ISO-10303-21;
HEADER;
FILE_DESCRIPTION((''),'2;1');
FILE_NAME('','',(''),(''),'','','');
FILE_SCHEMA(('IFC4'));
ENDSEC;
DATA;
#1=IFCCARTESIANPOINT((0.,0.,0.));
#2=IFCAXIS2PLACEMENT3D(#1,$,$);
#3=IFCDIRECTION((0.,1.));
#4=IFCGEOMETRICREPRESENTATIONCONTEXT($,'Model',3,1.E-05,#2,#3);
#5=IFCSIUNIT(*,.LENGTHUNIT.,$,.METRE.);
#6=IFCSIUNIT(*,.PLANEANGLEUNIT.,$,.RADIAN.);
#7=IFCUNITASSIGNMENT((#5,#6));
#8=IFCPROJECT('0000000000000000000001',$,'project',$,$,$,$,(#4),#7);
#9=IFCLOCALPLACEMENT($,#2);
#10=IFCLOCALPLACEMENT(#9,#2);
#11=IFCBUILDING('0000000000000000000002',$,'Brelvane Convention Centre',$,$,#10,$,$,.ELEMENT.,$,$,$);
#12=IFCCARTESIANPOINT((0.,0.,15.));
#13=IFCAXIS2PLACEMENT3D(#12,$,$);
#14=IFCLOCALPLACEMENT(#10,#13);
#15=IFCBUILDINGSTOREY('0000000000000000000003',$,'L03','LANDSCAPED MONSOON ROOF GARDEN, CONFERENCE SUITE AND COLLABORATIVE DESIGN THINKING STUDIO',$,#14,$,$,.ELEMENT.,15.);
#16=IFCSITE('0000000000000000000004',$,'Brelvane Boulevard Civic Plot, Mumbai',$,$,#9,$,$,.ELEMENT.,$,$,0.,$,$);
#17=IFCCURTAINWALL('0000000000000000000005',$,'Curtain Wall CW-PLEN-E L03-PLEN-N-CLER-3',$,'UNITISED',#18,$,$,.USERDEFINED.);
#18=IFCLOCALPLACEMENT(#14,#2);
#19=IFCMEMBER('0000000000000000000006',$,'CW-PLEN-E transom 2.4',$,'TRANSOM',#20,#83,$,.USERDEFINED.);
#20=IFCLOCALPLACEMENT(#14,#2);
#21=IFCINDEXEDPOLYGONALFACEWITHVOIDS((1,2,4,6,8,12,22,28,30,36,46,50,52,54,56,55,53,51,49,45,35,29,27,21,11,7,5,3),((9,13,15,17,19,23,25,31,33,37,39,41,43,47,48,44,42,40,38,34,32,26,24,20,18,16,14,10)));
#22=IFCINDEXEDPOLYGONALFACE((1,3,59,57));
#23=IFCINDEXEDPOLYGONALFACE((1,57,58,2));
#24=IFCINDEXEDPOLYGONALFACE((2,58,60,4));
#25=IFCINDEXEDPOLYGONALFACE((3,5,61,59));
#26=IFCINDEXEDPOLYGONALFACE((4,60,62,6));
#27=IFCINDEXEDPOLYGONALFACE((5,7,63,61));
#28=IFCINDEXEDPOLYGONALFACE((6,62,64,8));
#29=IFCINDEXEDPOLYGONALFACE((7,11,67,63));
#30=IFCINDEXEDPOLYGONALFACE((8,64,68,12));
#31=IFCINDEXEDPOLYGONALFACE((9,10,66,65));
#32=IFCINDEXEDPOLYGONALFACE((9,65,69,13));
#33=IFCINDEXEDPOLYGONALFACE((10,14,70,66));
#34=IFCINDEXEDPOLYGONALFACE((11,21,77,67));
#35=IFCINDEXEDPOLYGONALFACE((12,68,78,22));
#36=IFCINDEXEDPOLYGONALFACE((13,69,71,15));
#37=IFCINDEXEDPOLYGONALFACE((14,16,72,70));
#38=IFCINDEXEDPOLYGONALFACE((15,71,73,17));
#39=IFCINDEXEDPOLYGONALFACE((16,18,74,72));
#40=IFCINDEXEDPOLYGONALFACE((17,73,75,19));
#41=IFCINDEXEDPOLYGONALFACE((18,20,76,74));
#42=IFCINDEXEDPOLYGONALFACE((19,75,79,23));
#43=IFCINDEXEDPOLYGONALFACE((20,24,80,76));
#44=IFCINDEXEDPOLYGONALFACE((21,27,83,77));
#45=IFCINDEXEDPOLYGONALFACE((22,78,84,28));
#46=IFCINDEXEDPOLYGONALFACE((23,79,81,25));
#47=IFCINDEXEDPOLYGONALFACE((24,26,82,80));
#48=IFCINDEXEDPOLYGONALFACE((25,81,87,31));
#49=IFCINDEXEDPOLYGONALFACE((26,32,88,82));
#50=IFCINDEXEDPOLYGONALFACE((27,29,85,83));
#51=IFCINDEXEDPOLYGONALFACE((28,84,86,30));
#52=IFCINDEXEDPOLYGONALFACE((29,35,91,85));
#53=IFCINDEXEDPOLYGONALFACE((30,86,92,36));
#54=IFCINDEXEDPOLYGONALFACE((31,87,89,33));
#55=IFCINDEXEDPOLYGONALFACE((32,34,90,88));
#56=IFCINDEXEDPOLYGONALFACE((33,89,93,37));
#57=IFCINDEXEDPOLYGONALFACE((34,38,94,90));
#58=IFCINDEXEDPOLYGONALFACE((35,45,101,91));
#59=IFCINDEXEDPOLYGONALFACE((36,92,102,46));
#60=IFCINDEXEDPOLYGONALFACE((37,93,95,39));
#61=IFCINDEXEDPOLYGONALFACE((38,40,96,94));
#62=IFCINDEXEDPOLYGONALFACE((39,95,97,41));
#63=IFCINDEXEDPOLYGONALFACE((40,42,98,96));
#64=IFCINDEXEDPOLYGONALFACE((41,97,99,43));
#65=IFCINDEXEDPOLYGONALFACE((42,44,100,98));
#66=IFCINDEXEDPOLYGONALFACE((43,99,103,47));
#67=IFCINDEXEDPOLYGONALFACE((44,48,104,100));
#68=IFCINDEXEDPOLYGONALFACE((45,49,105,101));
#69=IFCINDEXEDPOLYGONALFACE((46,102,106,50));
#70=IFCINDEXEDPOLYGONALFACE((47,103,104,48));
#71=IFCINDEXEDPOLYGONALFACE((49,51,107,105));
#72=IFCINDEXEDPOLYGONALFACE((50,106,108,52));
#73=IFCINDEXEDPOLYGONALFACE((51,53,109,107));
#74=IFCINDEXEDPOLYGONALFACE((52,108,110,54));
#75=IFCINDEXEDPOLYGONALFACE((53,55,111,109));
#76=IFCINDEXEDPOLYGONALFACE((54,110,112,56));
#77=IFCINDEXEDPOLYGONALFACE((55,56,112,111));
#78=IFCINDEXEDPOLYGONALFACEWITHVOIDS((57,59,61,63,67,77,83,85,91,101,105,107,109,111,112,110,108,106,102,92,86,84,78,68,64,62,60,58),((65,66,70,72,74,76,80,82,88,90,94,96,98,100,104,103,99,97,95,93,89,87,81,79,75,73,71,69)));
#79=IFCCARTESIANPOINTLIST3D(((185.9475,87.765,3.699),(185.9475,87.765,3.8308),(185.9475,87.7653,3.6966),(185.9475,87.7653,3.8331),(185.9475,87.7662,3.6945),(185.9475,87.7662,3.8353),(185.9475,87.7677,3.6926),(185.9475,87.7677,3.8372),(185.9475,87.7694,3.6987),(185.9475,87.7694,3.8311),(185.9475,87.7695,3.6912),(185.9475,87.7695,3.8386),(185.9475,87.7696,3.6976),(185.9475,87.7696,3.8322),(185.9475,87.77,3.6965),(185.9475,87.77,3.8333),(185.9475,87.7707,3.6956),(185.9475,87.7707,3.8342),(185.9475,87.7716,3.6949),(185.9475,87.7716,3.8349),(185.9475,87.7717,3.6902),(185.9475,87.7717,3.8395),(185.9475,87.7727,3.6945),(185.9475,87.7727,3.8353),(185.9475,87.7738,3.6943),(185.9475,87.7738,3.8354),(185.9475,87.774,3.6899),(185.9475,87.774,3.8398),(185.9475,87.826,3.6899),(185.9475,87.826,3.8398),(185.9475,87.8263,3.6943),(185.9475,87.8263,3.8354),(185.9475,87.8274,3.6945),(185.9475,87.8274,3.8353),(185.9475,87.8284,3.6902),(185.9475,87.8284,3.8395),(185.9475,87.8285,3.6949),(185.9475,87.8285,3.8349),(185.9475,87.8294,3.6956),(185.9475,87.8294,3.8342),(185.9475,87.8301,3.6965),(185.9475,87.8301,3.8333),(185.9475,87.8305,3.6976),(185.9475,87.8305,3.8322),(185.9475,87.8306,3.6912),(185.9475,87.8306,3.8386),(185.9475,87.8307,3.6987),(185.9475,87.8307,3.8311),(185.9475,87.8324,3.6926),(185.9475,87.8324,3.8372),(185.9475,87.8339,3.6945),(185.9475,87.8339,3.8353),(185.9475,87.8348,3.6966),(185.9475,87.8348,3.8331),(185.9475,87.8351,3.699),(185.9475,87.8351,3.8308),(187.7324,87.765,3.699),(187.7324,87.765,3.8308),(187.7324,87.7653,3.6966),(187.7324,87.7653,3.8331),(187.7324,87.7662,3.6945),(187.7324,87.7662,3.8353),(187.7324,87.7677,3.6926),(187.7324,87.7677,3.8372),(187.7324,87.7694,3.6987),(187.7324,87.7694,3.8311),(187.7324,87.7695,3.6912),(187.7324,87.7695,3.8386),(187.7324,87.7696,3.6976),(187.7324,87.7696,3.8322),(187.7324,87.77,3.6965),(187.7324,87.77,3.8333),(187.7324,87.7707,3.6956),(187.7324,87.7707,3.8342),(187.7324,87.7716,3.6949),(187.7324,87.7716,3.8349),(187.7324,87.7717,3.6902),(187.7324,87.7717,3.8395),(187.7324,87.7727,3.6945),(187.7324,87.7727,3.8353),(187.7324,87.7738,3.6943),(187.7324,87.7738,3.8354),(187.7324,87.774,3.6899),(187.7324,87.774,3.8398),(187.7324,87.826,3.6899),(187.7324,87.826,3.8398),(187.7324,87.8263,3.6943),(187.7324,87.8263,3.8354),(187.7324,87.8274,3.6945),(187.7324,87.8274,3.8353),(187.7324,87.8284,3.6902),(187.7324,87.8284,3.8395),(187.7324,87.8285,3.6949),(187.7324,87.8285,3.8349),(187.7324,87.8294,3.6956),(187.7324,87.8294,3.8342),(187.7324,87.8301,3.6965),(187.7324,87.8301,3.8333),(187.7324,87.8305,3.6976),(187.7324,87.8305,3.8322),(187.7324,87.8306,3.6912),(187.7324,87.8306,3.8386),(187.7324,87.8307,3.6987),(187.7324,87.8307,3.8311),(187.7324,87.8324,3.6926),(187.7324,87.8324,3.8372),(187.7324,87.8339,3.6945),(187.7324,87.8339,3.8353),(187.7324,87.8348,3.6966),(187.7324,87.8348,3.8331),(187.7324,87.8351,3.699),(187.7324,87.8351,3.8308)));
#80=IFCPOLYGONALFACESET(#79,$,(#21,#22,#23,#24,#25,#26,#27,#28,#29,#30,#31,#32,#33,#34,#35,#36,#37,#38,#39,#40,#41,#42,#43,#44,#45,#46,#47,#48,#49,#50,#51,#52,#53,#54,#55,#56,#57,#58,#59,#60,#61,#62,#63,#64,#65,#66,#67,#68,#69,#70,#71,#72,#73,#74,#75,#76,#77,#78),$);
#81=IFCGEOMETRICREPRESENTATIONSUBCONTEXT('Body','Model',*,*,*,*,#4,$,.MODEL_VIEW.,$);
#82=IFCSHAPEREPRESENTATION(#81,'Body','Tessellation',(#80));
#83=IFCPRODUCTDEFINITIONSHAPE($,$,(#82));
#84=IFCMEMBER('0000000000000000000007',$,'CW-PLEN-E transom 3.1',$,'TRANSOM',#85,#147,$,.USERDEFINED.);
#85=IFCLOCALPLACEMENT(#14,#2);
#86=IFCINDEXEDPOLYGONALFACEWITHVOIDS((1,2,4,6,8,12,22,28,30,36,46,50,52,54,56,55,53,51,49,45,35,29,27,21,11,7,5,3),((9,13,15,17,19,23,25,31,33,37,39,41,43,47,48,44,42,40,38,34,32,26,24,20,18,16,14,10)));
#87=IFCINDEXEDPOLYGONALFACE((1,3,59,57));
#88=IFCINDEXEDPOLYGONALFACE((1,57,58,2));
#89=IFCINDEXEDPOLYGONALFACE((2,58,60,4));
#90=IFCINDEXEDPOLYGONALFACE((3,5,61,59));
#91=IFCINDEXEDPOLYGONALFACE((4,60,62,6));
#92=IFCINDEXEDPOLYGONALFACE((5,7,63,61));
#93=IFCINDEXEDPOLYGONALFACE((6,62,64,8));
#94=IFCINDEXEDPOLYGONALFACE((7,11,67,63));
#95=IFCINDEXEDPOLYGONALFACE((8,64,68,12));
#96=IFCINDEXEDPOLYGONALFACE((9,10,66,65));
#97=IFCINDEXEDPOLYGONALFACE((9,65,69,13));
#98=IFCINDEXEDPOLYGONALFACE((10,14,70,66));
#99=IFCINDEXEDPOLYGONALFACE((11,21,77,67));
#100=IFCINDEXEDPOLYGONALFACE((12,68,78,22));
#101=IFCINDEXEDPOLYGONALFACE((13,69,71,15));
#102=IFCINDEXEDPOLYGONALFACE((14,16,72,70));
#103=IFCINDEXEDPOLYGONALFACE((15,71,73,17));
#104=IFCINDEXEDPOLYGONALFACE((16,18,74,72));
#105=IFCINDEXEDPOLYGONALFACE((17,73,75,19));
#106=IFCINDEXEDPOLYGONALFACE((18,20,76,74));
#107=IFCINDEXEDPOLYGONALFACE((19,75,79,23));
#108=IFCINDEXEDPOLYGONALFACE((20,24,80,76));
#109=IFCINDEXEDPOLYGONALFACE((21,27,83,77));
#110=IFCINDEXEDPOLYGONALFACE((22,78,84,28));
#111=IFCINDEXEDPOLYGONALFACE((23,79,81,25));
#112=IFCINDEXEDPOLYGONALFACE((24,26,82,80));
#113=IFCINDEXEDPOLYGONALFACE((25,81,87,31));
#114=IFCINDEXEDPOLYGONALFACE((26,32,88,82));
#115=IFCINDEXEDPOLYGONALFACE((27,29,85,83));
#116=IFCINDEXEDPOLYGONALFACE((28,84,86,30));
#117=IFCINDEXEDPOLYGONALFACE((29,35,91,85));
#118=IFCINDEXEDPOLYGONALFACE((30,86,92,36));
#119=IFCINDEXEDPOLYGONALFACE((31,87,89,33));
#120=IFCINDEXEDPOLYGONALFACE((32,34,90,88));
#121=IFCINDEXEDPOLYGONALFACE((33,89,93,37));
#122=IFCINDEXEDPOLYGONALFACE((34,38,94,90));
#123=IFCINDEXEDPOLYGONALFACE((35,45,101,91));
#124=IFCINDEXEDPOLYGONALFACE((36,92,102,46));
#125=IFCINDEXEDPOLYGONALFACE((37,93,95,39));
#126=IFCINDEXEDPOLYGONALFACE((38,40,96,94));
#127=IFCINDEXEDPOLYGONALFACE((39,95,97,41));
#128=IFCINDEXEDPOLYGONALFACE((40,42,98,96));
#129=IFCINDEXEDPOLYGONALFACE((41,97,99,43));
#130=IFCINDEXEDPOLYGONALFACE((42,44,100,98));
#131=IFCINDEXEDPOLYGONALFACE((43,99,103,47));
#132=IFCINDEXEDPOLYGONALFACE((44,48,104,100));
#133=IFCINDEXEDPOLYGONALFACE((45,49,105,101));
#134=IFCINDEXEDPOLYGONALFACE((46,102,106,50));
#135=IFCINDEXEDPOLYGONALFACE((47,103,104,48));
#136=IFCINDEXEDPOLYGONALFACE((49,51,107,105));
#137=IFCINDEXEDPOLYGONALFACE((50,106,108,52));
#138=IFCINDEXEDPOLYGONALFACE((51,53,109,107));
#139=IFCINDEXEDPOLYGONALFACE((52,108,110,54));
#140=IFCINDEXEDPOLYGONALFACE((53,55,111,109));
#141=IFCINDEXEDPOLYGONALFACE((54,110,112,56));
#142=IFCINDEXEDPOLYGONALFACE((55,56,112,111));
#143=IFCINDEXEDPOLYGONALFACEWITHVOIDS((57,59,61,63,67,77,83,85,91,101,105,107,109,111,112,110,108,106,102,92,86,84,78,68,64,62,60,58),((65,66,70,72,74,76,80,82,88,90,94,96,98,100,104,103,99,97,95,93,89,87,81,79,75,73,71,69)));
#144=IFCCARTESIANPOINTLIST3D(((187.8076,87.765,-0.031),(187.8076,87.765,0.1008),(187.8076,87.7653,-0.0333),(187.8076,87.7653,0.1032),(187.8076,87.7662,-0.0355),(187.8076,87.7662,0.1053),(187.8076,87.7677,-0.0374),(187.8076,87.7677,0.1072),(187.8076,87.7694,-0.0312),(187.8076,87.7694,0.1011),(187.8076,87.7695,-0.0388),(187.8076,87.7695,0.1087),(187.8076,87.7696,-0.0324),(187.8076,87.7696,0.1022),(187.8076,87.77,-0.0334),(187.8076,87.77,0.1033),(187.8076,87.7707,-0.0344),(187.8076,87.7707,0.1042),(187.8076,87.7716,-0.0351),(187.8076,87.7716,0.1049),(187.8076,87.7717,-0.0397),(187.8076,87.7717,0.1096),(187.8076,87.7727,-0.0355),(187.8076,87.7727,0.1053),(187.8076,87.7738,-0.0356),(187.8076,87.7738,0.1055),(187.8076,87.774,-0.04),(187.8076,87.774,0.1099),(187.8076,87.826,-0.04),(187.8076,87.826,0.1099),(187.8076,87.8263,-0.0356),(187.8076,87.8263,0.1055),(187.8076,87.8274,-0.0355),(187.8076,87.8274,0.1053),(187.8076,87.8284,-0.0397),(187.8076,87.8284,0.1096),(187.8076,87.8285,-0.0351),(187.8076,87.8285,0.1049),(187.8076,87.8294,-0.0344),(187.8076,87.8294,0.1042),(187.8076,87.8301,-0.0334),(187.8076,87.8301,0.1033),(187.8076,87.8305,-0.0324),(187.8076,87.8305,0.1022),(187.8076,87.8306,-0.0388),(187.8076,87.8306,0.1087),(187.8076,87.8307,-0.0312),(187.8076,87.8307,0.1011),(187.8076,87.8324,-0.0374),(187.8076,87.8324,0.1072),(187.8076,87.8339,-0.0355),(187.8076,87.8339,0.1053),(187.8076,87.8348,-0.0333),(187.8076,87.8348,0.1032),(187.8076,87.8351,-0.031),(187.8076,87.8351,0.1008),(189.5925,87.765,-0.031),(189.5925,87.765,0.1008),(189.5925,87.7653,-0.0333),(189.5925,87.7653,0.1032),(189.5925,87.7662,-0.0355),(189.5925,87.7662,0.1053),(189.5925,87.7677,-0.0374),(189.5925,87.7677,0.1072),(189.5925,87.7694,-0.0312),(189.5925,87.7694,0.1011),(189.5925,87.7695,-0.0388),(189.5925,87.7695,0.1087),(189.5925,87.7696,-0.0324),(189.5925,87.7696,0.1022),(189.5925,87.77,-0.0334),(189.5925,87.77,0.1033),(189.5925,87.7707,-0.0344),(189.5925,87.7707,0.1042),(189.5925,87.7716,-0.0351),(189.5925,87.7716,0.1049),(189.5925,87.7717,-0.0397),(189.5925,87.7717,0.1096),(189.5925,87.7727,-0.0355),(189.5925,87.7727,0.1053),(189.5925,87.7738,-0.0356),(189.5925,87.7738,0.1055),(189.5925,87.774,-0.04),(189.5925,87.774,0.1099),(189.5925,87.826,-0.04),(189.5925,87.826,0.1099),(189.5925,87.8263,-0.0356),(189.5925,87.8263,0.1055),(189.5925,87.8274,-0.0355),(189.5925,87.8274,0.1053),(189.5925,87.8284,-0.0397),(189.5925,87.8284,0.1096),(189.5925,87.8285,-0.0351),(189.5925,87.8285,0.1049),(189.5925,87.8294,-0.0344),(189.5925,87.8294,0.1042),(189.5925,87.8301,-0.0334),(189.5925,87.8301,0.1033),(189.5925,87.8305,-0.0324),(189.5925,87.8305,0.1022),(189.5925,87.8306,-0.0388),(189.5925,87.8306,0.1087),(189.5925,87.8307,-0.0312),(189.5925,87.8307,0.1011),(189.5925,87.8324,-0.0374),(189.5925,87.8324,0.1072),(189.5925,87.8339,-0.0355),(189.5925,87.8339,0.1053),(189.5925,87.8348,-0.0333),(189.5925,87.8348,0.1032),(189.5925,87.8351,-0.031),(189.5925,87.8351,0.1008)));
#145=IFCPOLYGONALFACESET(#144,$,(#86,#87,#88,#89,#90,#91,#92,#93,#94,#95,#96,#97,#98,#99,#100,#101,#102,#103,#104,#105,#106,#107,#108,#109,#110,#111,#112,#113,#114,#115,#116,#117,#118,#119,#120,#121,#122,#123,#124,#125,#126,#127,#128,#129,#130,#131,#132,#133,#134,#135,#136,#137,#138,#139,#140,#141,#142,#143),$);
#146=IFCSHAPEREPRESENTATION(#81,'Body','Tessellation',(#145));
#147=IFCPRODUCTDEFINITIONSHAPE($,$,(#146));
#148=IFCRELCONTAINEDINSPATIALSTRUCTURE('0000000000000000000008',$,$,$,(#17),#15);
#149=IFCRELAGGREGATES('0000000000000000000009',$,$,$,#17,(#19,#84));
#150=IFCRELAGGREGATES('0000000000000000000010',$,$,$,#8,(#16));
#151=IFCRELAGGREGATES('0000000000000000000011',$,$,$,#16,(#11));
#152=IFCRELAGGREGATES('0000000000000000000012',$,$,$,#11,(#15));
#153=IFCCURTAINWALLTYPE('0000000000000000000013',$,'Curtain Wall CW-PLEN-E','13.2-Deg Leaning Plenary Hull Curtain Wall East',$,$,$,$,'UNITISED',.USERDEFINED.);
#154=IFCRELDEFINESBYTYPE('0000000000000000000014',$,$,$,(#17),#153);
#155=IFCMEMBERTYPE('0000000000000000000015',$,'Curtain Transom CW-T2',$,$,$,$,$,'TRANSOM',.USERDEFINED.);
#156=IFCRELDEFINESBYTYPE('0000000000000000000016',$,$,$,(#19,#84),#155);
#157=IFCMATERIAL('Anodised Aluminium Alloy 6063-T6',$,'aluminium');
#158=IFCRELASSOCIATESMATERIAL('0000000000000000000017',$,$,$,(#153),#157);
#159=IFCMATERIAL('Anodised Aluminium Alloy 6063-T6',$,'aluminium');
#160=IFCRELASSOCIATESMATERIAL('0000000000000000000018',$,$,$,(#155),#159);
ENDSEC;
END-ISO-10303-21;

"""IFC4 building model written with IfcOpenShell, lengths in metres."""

from ifc_helpers import new_model, si_unit, direction, frame, origin, origin_2d, place, context, subcontext, project, spatial, hollow_rectangle, extrude, material, material_profile, profile_set, type_object, element, aggregate, save


model = new_model("IFC4")

# Units and contexts
model_context = context("Model", 3, precision=1e-05, world=origin(), true_north=direction((0.0, 1.0)))
body_context = subcontext(model_context, "Body", "Model", "MODEL_VIEW")
ifc_project = project(units=[si_unit("LENGTHUNIT", "METRE"), si_unit("PLANEANGLEUNIT", "RADIAN")], contexts=[model_context])

# Site, building, storey
site_placement = place(None, origin())
site = spatial("IfcSite", under=ifc_project, at=site_placement, Name="Brelvane Boulevard Civic Plot, Mumbai", CompositionType="ELEMENT", RefElevation=0.0)
building_placement = place(site_placement, origin())
building = spatial("IfcBuilding", under=site, at=building_placement, Name="Brelvane Convention Centre", CompositionType="ELEMENT")
storey_placement = place(building_placement, frame((0.0, 0.0, 15.0)))
storey = spatial("IfcBuildingStorey", under=building, at=storey_placement, Name="L03", Description="LANDSCAPED MONSOON ROOF GARDEN, CONFERENCE SUITE AND COLLABORATIVE DESIGN THINKING STUDIO", CompositionType="ELEMENT", Elevation=15.0)

# Curtain wall, members
ifc_material_1 = material(Name="Anodised Aluminium Alloy 6063-T6", Category="aluminium")
curtain_wall_type = type_object("IfcCurtainWallType", Name="Curtain Wall CW-PLEN-E", Description="13.2-Deg Leaning Plenary Hull Curtain Wall East", ElementType="UNITISED", PredefinedType="USERDEFINED", material=ifc_material_1)
curtain_wall_placement = place(storey_placement, origin())
curtain_wall = element("IfcCurtainWall", 1, at=curtain_wall_placement, inside=storey, type_object=curtain_wall_type, Name="Curtain Wall CW-PLEN-E L03-PLEN-N-CLER-3", ObjectType="UNITISED", PredefinedType="USERDEFINED")
ifc_material_2 = material(Name="Anodised Aluminium Alloy 6063-T6", Category="aluminium")
ifc_material_profile_1 = material_profile(ifc_material_2, hollow_rectangle(XDim=0.0701, YDim=0.1499, WallThickness=0.0044, InnerFilletRadius=0.0044, OuterFilletRadius=0.009, at=origin_2d()), Name="ALU-T 150x70x4.5")
ifc_profile_set_1 = profile_set([ifc_material_profile_1], Name="Anodised Aluminium Alloy 6063-T6")
member_type_1 = type_object("IfcMemberType", Name="Curtain Transom CW-T2", ElementType="TRANSOM", PredefinedType="USERDEFINED", material=ifc_profile_set_1)
member_1_placement = place(storey_placement, frame((185.9475, 87.8, 3.7649), z_axis=(1.0, 0.0, 0.0), x_axis=(0.0, 1.0, 0.0)))
member_1 = element("IfcMember", 2, at=member_1_placement, type_object=member_type_1, Name="CW-PLEN-E transom 2.4", ObjectType="TRANSOM", PredefinedType="USERDEFINED", context=body_context, shape_type="SweptSolid", body=[
    extrude(hollow_rectangle(XDim=0.0701, YDim=0.1499, WallThickness=0.0044, InnerFilletRadius=0.0044, OuterFilletRadius=0.009, at=origin_2d()), origin(), (0.0, 0.0, 1.0), 1.7849),
])
member_2_placement = place(storey_placement, frame((187.8076, 87.8, 0.0349), z_axis=(1.0, 0.0, 0.0), x_axis=(0.0, 1.0, 0.0)))
member_2 = element("IfcMember", 3, at=member_2_placement, type_object=member_type_1, Name="CW-PLEN-E transom 3.1", ObjectType="TRANSOM", PredefinedType="USERDEFINED", context=body_context, shape_type="SweptSolid", body=[
    extrude(hollow_rectangle(XDim=0.0701, YDim=0.1499, WallThickness=0.0044, InnerFilletRadius=0.0044, OuterFilletRadius=0.009, at=origin_2d()), origin(), (0.0, 0.0, 1.0), 1.7849),
])
aggregate(curtain_wall, [member_1, member_2])

save(model, "model.ifc")
